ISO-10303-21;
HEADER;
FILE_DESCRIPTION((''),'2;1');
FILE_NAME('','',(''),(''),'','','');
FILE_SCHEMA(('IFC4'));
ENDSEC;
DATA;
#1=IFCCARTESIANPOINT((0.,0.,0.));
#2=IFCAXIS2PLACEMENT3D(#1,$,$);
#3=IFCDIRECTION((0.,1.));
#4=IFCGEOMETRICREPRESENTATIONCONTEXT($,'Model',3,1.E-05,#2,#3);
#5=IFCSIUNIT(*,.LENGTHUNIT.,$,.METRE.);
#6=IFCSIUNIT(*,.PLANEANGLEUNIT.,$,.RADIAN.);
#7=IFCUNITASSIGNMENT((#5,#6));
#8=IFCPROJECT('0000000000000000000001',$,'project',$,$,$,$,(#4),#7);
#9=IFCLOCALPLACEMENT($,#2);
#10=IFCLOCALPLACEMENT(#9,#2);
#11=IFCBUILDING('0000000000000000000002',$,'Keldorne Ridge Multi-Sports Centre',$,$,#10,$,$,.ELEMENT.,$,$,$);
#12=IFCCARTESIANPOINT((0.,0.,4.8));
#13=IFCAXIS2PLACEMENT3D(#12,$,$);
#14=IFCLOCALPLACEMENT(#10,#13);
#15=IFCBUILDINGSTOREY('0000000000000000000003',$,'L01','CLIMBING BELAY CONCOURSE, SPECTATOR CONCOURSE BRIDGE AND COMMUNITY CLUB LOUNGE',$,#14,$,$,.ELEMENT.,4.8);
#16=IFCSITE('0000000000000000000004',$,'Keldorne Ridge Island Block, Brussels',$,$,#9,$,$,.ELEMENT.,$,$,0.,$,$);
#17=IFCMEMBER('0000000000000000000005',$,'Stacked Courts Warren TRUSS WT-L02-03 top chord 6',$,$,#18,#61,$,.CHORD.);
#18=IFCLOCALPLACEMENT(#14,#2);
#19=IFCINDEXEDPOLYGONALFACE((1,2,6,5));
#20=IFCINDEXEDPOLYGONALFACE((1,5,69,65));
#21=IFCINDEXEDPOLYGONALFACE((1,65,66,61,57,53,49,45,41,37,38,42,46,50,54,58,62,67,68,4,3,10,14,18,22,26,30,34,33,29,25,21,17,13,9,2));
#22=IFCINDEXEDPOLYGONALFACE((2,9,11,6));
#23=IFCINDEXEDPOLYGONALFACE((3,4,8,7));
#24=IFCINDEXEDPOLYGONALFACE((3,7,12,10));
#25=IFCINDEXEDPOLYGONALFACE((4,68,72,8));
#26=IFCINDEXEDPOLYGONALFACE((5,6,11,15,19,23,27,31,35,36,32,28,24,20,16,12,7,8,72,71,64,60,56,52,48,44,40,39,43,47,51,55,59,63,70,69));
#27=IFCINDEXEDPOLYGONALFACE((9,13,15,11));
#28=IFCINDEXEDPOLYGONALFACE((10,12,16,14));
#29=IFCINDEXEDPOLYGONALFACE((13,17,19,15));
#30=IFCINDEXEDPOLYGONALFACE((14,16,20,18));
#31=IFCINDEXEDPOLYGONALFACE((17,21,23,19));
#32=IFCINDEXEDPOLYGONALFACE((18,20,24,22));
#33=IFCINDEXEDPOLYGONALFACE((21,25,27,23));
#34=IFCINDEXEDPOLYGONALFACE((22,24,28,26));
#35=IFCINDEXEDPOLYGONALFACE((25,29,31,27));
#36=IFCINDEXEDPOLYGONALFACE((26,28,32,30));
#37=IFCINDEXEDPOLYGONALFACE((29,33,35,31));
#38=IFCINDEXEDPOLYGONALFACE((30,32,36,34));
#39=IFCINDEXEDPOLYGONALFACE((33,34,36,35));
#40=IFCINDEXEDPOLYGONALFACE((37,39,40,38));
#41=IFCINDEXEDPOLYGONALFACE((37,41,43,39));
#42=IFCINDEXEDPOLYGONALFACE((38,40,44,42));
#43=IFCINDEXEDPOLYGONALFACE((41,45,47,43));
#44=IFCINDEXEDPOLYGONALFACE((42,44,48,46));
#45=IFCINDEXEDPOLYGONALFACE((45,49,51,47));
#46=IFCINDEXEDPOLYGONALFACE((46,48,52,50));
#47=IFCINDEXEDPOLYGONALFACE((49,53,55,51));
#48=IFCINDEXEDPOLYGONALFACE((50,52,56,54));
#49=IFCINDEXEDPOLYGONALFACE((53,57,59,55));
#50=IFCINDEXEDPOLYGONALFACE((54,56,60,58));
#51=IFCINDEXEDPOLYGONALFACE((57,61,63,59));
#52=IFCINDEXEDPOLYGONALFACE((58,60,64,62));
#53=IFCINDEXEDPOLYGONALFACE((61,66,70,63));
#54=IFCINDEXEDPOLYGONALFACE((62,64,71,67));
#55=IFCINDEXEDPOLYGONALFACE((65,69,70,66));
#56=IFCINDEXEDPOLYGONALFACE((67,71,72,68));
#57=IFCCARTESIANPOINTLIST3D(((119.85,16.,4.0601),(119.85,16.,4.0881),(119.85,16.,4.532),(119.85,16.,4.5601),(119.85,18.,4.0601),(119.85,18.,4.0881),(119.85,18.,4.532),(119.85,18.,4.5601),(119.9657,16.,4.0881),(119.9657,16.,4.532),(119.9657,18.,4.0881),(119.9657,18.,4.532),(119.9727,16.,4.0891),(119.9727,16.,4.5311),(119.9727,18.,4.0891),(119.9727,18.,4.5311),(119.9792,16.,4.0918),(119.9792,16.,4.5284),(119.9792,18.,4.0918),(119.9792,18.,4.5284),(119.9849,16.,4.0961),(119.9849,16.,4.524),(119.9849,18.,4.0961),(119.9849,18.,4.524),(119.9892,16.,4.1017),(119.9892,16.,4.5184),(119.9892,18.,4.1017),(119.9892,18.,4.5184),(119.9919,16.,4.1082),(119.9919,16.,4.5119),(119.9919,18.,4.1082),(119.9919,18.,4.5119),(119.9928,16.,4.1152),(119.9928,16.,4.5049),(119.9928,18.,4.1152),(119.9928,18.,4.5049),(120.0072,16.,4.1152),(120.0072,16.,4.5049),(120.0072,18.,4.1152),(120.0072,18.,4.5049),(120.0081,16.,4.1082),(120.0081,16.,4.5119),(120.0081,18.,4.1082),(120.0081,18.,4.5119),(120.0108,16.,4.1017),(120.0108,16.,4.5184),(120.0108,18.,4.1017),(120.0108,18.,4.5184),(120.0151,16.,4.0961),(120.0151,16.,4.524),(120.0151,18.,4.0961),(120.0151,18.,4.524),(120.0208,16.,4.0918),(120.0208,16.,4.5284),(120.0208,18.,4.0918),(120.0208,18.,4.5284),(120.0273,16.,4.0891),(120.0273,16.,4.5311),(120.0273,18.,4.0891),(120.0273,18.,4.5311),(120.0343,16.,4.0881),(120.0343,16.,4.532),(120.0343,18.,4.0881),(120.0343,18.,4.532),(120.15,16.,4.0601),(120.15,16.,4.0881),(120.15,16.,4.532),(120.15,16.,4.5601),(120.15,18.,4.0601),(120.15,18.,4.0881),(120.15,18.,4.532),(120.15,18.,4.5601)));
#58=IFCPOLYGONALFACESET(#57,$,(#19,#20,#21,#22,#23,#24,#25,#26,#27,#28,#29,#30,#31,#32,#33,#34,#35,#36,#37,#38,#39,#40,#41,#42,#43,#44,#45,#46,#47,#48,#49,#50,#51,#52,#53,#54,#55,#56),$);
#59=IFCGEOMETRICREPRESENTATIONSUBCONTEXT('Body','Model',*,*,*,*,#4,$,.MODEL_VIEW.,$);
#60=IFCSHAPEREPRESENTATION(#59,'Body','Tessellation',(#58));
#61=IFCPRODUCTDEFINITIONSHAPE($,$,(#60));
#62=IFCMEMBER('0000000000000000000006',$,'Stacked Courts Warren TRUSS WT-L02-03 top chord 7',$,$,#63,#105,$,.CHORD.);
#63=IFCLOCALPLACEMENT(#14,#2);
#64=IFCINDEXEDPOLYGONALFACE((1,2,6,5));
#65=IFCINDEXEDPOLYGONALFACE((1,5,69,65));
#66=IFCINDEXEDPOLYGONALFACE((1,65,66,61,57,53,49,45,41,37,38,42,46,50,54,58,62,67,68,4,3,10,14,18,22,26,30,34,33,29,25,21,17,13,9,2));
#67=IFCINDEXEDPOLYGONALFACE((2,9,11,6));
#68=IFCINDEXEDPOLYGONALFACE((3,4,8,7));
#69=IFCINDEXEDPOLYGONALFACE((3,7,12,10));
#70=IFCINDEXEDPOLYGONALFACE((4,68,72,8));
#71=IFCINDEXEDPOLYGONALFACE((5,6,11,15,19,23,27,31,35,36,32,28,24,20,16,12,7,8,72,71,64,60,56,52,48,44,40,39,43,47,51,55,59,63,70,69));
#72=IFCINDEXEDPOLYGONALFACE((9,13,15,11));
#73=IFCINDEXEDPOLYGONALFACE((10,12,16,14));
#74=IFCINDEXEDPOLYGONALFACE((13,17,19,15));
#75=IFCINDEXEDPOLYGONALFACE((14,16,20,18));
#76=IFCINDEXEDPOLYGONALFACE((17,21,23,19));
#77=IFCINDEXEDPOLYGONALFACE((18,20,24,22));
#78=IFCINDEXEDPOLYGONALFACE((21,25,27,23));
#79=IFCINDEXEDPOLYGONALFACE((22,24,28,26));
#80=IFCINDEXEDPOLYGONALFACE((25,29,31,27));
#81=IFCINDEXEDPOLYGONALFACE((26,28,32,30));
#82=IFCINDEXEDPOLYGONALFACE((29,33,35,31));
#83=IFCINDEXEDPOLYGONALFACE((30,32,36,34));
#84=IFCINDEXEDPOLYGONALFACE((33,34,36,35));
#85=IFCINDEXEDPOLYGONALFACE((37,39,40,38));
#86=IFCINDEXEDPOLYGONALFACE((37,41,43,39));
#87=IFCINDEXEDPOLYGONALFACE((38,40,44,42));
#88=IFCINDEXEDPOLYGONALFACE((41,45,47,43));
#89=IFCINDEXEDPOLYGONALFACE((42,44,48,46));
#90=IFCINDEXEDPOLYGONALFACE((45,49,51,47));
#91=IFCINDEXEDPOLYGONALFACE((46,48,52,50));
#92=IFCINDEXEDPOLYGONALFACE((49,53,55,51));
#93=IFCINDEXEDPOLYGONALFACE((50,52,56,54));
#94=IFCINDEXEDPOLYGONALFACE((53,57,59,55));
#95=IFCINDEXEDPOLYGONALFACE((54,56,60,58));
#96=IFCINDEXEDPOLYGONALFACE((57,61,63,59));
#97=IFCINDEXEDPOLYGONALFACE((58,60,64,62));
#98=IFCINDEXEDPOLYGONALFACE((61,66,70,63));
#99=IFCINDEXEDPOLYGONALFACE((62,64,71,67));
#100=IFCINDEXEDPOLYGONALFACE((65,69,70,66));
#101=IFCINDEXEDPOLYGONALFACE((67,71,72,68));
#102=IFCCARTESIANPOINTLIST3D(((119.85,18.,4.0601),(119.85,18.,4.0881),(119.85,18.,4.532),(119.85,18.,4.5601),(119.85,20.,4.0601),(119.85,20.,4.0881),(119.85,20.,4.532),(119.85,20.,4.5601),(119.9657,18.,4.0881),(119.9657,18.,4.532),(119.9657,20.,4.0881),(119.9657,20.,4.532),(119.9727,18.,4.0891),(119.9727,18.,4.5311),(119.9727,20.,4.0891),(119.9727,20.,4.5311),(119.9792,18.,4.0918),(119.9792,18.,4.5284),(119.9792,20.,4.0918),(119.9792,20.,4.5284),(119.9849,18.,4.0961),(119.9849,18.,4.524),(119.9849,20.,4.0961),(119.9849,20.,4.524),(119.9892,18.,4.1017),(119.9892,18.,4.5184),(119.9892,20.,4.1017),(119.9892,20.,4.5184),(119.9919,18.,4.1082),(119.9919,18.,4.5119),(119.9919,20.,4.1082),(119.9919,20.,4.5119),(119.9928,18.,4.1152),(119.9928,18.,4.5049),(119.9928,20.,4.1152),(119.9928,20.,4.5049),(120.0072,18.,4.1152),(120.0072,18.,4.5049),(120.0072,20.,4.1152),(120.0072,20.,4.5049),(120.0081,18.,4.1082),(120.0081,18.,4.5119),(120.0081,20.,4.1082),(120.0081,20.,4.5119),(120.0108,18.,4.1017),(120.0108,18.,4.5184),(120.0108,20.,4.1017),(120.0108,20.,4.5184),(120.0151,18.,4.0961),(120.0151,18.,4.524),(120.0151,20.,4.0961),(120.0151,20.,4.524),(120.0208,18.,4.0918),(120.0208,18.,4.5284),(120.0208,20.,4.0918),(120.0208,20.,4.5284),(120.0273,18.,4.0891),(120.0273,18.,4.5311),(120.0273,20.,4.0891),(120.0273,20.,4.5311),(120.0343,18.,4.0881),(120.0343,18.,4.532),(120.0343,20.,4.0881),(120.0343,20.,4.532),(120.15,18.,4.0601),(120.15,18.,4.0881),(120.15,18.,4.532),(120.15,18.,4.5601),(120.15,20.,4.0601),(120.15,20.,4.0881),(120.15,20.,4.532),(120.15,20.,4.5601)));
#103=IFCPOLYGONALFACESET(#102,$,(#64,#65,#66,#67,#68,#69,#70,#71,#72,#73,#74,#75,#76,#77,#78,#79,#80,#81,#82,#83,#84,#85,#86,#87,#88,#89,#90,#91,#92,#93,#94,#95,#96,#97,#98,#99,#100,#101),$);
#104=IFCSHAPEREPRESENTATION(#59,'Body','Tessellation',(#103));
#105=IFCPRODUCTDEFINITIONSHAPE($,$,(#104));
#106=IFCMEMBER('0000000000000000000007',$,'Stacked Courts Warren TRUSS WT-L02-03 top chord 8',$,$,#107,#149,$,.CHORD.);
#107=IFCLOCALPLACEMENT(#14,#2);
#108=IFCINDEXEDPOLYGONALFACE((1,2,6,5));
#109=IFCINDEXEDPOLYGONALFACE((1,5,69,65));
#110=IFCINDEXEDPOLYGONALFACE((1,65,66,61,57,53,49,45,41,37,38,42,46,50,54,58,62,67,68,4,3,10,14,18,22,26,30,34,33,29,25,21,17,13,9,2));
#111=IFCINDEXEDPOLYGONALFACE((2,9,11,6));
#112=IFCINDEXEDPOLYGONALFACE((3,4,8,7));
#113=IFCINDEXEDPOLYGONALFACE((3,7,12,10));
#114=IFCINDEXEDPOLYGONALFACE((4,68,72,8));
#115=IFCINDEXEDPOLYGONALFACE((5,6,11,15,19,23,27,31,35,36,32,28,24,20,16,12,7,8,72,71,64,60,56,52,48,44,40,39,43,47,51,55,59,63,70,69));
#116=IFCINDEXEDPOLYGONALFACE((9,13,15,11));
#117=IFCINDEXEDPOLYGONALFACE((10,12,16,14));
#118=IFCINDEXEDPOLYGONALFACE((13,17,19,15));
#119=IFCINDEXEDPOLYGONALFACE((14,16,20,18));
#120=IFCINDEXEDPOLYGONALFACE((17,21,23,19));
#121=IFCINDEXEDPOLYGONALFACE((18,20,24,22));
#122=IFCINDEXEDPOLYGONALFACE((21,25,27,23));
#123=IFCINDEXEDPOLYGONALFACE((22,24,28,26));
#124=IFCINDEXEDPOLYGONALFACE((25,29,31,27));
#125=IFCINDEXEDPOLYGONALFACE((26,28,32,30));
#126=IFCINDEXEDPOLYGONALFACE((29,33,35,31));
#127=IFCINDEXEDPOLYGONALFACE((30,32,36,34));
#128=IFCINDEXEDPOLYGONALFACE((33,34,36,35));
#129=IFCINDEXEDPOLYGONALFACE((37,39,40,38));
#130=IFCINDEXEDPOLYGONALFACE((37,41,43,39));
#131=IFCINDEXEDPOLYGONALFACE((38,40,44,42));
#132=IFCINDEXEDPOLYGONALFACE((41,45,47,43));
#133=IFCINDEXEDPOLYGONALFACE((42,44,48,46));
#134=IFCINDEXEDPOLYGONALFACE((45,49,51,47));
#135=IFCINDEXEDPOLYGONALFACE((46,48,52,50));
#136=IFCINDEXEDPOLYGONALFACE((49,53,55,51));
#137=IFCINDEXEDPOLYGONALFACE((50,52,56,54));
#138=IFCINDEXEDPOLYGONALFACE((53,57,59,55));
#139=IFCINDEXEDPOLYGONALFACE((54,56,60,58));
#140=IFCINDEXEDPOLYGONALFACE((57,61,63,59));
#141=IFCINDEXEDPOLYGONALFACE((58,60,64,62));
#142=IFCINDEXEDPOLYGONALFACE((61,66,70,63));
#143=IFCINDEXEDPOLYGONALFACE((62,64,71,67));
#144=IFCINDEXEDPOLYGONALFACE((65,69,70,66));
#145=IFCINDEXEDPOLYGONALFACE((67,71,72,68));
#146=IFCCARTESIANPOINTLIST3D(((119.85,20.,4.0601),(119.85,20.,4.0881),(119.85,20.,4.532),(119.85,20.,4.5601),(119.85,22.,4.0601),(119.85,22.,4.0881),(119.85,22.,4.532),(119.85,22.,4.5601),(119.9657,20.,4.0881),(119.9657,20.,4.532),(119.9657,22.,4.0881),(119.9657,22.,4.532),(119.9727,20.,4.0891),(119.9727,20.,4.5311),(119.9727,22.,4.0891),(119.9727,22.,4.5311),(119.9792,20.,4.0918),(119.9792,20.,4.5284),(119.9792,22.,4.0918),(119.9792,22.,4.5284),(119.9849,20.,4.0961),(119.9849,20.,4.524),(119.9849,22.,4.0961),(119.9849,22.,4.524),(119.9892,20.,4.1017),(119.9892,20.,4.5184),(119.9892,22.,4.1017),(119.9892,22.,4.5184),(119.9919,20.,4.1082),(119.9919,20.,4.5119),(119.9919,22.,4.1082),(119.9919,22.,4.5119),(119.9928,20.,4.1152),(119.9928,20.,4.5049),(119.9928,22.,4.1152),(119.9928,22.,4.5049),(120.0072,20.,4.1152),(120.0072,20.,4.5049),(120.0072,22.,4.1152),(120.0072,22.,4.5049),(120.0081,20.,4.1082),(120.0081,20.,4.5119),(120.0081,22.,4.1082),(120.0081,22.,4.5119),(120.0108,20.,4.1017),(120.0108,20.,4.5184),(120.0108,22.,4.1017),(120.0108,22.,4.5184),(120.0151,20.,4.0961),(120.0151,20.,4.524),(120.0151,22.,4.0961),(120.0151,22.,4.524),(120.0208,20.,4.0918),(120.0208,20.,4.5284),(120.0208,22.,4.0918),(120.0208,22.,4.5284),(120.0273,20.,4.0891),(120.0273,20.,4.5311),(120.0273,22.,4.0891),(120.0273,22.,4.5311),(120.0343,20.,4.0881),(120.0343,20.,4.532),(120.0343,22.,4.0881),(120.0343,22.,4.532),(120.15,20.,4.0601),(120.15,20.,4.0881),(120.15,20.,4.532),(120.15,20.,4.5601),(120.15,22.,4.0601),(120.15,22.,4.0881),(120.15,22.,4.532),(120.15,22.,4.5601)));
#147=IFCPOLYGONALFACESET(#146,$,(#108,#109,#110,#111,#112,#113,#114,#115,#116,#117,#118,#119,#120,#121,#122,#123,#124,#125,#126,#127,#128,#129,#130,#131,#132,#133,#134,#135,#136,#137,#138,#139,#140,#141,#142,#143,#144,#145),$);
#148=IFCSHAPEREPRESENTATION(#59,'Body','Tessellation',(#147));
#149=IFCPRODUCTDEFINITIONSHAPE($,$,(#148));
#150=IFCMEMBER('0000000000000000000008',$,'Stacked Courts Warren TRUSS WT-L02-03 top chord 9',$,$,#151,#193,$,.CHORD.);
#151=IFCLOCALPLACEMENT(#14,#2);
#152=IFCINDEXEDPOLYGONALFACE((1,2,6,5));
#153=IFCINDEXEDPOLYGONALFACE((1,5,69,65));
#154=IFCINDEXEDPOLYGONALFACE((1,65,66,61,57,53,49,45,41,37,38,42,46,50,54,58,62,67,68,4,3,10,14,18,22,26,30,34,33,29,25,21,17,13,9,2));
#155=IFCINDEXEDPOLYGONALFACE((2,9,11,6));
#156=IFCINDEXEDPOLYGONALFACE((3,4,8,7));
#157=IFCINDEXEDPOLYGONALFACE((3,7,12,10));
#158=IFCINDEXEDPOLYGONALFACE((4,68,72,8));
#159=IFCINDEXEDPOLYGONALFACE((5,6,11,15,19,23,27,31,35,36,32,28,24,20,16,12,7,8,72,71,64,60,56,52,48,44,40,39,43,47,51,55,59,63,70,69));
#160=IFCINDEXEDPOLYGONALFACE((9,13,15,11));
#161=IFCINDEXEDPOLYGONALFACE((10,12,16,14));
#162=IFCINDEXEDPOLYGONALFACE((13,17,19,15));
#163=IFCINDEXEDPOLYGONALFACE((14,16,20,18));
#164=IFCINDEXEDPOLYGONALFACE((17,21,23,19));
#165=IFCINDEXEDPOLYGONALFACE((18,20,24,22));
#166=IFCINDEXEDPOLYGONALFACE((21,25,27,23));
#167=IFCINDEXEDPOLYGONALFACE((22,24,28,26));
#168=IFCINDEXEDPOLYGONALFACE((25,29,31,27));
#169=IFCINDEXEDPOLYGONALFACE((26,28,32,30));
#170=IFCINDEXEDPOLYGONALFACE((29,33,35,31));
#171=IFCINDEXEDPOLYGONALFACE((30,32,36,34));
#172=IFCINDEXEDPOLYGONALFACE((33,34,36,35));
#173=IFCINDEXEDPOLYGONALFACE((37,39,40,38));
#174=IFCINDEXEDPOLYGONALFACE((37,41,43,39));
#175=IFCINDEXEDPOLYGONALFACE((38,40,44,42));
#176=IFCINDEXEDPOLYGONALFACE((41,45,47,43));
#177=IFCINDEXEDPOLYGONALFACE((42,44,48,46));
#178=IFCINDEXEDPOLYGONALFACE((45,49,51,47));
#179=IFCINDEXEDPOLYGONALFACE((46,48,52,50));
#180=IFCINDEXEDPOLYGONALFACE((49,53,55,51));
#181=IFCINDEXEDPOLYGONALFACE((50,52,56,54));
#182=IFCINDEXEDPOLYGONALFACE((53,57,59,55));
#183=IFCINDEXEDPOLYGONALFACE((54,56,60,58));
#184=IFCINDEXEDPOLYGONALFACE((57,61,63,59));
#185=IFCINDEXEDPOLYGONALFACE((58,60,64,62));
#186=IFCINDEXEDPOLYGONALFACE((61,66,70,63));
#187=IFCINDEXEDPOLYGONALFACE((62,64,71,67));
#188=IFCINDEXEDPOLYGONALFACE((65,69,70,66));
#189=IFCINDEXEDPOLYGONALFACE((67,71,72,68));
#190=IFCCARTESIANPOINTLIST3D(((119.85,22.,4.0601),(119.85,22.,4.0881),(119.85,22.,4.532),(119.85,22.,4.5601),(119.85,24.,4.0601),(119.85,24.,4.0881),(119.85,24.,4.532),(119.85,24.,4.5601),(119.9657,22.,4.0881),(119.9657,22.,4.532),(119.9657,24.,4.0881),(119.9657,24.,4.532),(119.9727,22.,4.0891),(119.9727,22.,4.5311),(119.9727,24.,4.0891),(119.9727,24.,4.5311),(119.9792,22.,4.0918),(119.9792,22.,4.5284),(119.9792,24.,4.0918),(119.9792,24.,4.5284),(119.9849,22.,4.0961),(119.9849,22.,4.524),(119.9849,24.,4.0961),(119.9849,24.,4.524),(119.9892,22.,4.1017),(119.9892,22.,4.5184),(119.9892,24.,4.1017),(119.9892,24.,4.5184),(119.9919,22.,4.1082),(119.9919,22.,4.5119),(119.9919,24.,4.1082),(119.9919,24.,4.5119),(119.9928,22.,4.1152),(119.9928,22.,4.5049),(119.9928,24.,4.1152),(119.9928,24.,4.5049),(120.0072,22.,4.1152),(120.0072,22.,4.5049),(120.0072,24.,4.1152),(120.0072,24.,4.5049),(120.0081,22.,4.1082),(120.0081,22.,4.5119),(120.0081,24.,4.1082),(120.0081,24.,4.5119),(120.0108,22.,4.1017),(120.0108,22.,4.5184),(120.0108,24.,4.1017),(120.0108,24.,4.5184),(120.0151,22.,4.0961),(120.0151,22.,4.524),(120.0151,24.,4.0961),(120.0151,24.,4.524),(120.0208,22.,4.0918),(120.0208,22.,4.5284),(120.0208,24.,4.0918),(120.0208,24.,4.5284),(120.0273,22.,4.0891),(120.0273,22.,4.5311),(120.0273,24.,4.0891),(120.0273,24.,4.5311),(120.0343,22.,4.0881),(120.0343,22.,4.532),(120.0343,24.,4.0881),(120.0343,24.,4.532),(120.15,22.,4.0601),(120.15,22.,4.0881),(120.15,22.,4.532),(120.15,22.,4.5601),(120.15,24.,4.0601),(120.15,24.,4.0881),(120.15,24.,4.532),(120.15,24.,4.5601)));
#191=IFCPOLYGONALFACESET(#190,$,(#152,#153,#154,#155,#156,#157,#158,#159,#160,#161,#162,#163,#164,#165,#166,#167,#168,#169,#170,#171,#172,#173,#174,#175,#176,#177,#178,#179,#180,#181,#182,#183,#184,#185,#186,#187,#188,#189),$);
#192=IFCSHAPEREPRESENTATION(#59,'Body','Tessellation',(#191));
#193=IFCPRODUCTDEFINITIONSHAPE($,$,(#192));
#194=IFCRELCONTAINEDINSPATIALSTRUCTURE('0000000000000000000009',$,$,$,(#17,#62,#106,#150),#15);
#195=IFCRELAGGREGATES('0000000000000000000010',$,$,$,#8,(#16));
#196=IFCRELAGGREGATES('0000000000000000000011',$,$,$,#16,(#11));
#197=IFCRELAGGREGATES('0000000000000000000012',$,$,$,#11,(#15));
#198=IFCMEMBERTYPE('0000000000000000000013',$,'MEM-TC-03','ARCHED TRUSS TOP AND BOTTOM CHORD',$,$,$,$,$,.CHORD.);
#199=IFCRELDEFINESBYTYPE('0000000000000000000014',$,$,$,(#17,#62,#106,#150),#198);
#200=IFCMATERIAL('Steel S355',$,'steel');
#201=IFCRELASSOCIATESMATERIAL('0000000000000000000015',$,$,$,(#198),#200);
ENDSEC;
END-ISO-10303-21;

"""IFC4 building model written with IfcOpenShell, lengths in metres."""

from ifc_helpers import new_model, si_unit, direction, frame, origin, origin_2d, place, context, subcontext, project, spatial, i_section, extrude, material, material_profile, profile_set, type_object, element, save


model = new_model("IFC4")

# Units and contexts
model_context = context("Model", 3, precision=1e-05, world=origin(), true_north=direction((0.0, 1.0)))
body_context = subcontext(model_context, "Body", "Model", "MODEL_VIEW")
ifc_project = project(units=[si_unit("LENGTHUNIT", "METRE"), si_unit("PLANEANGLEUNIT", "RADIAN")], contexts=[model_context])

# Site, building, storey
site_placement = place(None, origin())
site = spatial("IfcSite", under=ifc_project, at=site_placement, Name="Keldorne Ridge Island Block, Brussels", CompositionType="ELEMENT", RefElevation=0.0)
building_placement = place(site_placement, origin())
building = spatial("IfcBuilding", under=site, at=building_placement, Name="Keldorne Ridge Multi-Sports Centre", CompositionType="ELEMENT")
storey_placement = place(building_placement, frame((0.0, 0.0, 4.8)))
storey = spatial("IfcBuildingStorey", under=building, at=storey_placement, Name="L01", Description="CLIMBING BELAY CONCOURSE, SPECTATOR CONCOURSE BRIDGE AND COMMUNITY CLUB LOUNGE", CompositionType="ELEMENT", Elevation=4.8)

# Members
ifc_material = material(Name="Steel S355", Category="steel")
ifc_material_profile_1 = material_profile(ifc_material, i_section(OverallWidth=0.3, OverallDepth=0.5, WebThickness=0.0144, FlangeThickness=0.0281, FilletRadius=0.0271, at=origin_2d()), Name="HEB 500")
ifc_profile_set_1 = profile_set([ifc_material_profile_1], Name="Steel S355")
member_type_1 = type_object("IfcMemberType", Name="MEM-TC-03", Description="ARCHED TRUSS TOP AND BOTTOM CHORD", PredefinedType="CHORD", material=ifc_profile_set_1)
for number, where, z_axis, x_axis, name in (
    (1, (120.0, 16.0, 4.3101), (0.0, 1.0, 0.0), (-1.0, 0.0, 0.0), "Stacked Courts Warren TRUSS WT-L02-03 top chord 6"),
    (2, (120.0, 18.0, 4.3101), (0.0, 1.0, 0.0), (-1.0, 0.0, 0.0), "Stacked Courts Warren TRUSS WT-L02-03 top chord 7"),
    (3, (120.0, 20.0, 4.3101), (0.0, 1.0, 0.0), (-1.0, 0.0, 0.0), "Stacked Courts Warren TRUSS WT-L02-03 top chord 8"),
    (4, (120.0, 22.0, 4.3101), (0.0, 1.0, 0.0), (-1.0, 0.0, 0.0), "Stacked Courts Warren TRUSS WT-L02-03 top chord 9"),
):
    element("IfcMember", number, at=place(storey_placement, frame(where, z_axis=z_axis, x_axis=x_axis)), inside=storey, type_object=member_type_1, Name=name, PredefinedType="CHORD", context=body_context, shape_type="SweptSolid", body=[
        extrude(i_section(OverallWidth=0.3, OverallDepth=0.5, WebThickness=0.0144, FlangeThickness=0.0281, FilletRadius=0.0271, at=origin_2d()), origin(), (0.0, 0.0, 1.0), 2.0),
    ])

save(model, "model.ifc")
